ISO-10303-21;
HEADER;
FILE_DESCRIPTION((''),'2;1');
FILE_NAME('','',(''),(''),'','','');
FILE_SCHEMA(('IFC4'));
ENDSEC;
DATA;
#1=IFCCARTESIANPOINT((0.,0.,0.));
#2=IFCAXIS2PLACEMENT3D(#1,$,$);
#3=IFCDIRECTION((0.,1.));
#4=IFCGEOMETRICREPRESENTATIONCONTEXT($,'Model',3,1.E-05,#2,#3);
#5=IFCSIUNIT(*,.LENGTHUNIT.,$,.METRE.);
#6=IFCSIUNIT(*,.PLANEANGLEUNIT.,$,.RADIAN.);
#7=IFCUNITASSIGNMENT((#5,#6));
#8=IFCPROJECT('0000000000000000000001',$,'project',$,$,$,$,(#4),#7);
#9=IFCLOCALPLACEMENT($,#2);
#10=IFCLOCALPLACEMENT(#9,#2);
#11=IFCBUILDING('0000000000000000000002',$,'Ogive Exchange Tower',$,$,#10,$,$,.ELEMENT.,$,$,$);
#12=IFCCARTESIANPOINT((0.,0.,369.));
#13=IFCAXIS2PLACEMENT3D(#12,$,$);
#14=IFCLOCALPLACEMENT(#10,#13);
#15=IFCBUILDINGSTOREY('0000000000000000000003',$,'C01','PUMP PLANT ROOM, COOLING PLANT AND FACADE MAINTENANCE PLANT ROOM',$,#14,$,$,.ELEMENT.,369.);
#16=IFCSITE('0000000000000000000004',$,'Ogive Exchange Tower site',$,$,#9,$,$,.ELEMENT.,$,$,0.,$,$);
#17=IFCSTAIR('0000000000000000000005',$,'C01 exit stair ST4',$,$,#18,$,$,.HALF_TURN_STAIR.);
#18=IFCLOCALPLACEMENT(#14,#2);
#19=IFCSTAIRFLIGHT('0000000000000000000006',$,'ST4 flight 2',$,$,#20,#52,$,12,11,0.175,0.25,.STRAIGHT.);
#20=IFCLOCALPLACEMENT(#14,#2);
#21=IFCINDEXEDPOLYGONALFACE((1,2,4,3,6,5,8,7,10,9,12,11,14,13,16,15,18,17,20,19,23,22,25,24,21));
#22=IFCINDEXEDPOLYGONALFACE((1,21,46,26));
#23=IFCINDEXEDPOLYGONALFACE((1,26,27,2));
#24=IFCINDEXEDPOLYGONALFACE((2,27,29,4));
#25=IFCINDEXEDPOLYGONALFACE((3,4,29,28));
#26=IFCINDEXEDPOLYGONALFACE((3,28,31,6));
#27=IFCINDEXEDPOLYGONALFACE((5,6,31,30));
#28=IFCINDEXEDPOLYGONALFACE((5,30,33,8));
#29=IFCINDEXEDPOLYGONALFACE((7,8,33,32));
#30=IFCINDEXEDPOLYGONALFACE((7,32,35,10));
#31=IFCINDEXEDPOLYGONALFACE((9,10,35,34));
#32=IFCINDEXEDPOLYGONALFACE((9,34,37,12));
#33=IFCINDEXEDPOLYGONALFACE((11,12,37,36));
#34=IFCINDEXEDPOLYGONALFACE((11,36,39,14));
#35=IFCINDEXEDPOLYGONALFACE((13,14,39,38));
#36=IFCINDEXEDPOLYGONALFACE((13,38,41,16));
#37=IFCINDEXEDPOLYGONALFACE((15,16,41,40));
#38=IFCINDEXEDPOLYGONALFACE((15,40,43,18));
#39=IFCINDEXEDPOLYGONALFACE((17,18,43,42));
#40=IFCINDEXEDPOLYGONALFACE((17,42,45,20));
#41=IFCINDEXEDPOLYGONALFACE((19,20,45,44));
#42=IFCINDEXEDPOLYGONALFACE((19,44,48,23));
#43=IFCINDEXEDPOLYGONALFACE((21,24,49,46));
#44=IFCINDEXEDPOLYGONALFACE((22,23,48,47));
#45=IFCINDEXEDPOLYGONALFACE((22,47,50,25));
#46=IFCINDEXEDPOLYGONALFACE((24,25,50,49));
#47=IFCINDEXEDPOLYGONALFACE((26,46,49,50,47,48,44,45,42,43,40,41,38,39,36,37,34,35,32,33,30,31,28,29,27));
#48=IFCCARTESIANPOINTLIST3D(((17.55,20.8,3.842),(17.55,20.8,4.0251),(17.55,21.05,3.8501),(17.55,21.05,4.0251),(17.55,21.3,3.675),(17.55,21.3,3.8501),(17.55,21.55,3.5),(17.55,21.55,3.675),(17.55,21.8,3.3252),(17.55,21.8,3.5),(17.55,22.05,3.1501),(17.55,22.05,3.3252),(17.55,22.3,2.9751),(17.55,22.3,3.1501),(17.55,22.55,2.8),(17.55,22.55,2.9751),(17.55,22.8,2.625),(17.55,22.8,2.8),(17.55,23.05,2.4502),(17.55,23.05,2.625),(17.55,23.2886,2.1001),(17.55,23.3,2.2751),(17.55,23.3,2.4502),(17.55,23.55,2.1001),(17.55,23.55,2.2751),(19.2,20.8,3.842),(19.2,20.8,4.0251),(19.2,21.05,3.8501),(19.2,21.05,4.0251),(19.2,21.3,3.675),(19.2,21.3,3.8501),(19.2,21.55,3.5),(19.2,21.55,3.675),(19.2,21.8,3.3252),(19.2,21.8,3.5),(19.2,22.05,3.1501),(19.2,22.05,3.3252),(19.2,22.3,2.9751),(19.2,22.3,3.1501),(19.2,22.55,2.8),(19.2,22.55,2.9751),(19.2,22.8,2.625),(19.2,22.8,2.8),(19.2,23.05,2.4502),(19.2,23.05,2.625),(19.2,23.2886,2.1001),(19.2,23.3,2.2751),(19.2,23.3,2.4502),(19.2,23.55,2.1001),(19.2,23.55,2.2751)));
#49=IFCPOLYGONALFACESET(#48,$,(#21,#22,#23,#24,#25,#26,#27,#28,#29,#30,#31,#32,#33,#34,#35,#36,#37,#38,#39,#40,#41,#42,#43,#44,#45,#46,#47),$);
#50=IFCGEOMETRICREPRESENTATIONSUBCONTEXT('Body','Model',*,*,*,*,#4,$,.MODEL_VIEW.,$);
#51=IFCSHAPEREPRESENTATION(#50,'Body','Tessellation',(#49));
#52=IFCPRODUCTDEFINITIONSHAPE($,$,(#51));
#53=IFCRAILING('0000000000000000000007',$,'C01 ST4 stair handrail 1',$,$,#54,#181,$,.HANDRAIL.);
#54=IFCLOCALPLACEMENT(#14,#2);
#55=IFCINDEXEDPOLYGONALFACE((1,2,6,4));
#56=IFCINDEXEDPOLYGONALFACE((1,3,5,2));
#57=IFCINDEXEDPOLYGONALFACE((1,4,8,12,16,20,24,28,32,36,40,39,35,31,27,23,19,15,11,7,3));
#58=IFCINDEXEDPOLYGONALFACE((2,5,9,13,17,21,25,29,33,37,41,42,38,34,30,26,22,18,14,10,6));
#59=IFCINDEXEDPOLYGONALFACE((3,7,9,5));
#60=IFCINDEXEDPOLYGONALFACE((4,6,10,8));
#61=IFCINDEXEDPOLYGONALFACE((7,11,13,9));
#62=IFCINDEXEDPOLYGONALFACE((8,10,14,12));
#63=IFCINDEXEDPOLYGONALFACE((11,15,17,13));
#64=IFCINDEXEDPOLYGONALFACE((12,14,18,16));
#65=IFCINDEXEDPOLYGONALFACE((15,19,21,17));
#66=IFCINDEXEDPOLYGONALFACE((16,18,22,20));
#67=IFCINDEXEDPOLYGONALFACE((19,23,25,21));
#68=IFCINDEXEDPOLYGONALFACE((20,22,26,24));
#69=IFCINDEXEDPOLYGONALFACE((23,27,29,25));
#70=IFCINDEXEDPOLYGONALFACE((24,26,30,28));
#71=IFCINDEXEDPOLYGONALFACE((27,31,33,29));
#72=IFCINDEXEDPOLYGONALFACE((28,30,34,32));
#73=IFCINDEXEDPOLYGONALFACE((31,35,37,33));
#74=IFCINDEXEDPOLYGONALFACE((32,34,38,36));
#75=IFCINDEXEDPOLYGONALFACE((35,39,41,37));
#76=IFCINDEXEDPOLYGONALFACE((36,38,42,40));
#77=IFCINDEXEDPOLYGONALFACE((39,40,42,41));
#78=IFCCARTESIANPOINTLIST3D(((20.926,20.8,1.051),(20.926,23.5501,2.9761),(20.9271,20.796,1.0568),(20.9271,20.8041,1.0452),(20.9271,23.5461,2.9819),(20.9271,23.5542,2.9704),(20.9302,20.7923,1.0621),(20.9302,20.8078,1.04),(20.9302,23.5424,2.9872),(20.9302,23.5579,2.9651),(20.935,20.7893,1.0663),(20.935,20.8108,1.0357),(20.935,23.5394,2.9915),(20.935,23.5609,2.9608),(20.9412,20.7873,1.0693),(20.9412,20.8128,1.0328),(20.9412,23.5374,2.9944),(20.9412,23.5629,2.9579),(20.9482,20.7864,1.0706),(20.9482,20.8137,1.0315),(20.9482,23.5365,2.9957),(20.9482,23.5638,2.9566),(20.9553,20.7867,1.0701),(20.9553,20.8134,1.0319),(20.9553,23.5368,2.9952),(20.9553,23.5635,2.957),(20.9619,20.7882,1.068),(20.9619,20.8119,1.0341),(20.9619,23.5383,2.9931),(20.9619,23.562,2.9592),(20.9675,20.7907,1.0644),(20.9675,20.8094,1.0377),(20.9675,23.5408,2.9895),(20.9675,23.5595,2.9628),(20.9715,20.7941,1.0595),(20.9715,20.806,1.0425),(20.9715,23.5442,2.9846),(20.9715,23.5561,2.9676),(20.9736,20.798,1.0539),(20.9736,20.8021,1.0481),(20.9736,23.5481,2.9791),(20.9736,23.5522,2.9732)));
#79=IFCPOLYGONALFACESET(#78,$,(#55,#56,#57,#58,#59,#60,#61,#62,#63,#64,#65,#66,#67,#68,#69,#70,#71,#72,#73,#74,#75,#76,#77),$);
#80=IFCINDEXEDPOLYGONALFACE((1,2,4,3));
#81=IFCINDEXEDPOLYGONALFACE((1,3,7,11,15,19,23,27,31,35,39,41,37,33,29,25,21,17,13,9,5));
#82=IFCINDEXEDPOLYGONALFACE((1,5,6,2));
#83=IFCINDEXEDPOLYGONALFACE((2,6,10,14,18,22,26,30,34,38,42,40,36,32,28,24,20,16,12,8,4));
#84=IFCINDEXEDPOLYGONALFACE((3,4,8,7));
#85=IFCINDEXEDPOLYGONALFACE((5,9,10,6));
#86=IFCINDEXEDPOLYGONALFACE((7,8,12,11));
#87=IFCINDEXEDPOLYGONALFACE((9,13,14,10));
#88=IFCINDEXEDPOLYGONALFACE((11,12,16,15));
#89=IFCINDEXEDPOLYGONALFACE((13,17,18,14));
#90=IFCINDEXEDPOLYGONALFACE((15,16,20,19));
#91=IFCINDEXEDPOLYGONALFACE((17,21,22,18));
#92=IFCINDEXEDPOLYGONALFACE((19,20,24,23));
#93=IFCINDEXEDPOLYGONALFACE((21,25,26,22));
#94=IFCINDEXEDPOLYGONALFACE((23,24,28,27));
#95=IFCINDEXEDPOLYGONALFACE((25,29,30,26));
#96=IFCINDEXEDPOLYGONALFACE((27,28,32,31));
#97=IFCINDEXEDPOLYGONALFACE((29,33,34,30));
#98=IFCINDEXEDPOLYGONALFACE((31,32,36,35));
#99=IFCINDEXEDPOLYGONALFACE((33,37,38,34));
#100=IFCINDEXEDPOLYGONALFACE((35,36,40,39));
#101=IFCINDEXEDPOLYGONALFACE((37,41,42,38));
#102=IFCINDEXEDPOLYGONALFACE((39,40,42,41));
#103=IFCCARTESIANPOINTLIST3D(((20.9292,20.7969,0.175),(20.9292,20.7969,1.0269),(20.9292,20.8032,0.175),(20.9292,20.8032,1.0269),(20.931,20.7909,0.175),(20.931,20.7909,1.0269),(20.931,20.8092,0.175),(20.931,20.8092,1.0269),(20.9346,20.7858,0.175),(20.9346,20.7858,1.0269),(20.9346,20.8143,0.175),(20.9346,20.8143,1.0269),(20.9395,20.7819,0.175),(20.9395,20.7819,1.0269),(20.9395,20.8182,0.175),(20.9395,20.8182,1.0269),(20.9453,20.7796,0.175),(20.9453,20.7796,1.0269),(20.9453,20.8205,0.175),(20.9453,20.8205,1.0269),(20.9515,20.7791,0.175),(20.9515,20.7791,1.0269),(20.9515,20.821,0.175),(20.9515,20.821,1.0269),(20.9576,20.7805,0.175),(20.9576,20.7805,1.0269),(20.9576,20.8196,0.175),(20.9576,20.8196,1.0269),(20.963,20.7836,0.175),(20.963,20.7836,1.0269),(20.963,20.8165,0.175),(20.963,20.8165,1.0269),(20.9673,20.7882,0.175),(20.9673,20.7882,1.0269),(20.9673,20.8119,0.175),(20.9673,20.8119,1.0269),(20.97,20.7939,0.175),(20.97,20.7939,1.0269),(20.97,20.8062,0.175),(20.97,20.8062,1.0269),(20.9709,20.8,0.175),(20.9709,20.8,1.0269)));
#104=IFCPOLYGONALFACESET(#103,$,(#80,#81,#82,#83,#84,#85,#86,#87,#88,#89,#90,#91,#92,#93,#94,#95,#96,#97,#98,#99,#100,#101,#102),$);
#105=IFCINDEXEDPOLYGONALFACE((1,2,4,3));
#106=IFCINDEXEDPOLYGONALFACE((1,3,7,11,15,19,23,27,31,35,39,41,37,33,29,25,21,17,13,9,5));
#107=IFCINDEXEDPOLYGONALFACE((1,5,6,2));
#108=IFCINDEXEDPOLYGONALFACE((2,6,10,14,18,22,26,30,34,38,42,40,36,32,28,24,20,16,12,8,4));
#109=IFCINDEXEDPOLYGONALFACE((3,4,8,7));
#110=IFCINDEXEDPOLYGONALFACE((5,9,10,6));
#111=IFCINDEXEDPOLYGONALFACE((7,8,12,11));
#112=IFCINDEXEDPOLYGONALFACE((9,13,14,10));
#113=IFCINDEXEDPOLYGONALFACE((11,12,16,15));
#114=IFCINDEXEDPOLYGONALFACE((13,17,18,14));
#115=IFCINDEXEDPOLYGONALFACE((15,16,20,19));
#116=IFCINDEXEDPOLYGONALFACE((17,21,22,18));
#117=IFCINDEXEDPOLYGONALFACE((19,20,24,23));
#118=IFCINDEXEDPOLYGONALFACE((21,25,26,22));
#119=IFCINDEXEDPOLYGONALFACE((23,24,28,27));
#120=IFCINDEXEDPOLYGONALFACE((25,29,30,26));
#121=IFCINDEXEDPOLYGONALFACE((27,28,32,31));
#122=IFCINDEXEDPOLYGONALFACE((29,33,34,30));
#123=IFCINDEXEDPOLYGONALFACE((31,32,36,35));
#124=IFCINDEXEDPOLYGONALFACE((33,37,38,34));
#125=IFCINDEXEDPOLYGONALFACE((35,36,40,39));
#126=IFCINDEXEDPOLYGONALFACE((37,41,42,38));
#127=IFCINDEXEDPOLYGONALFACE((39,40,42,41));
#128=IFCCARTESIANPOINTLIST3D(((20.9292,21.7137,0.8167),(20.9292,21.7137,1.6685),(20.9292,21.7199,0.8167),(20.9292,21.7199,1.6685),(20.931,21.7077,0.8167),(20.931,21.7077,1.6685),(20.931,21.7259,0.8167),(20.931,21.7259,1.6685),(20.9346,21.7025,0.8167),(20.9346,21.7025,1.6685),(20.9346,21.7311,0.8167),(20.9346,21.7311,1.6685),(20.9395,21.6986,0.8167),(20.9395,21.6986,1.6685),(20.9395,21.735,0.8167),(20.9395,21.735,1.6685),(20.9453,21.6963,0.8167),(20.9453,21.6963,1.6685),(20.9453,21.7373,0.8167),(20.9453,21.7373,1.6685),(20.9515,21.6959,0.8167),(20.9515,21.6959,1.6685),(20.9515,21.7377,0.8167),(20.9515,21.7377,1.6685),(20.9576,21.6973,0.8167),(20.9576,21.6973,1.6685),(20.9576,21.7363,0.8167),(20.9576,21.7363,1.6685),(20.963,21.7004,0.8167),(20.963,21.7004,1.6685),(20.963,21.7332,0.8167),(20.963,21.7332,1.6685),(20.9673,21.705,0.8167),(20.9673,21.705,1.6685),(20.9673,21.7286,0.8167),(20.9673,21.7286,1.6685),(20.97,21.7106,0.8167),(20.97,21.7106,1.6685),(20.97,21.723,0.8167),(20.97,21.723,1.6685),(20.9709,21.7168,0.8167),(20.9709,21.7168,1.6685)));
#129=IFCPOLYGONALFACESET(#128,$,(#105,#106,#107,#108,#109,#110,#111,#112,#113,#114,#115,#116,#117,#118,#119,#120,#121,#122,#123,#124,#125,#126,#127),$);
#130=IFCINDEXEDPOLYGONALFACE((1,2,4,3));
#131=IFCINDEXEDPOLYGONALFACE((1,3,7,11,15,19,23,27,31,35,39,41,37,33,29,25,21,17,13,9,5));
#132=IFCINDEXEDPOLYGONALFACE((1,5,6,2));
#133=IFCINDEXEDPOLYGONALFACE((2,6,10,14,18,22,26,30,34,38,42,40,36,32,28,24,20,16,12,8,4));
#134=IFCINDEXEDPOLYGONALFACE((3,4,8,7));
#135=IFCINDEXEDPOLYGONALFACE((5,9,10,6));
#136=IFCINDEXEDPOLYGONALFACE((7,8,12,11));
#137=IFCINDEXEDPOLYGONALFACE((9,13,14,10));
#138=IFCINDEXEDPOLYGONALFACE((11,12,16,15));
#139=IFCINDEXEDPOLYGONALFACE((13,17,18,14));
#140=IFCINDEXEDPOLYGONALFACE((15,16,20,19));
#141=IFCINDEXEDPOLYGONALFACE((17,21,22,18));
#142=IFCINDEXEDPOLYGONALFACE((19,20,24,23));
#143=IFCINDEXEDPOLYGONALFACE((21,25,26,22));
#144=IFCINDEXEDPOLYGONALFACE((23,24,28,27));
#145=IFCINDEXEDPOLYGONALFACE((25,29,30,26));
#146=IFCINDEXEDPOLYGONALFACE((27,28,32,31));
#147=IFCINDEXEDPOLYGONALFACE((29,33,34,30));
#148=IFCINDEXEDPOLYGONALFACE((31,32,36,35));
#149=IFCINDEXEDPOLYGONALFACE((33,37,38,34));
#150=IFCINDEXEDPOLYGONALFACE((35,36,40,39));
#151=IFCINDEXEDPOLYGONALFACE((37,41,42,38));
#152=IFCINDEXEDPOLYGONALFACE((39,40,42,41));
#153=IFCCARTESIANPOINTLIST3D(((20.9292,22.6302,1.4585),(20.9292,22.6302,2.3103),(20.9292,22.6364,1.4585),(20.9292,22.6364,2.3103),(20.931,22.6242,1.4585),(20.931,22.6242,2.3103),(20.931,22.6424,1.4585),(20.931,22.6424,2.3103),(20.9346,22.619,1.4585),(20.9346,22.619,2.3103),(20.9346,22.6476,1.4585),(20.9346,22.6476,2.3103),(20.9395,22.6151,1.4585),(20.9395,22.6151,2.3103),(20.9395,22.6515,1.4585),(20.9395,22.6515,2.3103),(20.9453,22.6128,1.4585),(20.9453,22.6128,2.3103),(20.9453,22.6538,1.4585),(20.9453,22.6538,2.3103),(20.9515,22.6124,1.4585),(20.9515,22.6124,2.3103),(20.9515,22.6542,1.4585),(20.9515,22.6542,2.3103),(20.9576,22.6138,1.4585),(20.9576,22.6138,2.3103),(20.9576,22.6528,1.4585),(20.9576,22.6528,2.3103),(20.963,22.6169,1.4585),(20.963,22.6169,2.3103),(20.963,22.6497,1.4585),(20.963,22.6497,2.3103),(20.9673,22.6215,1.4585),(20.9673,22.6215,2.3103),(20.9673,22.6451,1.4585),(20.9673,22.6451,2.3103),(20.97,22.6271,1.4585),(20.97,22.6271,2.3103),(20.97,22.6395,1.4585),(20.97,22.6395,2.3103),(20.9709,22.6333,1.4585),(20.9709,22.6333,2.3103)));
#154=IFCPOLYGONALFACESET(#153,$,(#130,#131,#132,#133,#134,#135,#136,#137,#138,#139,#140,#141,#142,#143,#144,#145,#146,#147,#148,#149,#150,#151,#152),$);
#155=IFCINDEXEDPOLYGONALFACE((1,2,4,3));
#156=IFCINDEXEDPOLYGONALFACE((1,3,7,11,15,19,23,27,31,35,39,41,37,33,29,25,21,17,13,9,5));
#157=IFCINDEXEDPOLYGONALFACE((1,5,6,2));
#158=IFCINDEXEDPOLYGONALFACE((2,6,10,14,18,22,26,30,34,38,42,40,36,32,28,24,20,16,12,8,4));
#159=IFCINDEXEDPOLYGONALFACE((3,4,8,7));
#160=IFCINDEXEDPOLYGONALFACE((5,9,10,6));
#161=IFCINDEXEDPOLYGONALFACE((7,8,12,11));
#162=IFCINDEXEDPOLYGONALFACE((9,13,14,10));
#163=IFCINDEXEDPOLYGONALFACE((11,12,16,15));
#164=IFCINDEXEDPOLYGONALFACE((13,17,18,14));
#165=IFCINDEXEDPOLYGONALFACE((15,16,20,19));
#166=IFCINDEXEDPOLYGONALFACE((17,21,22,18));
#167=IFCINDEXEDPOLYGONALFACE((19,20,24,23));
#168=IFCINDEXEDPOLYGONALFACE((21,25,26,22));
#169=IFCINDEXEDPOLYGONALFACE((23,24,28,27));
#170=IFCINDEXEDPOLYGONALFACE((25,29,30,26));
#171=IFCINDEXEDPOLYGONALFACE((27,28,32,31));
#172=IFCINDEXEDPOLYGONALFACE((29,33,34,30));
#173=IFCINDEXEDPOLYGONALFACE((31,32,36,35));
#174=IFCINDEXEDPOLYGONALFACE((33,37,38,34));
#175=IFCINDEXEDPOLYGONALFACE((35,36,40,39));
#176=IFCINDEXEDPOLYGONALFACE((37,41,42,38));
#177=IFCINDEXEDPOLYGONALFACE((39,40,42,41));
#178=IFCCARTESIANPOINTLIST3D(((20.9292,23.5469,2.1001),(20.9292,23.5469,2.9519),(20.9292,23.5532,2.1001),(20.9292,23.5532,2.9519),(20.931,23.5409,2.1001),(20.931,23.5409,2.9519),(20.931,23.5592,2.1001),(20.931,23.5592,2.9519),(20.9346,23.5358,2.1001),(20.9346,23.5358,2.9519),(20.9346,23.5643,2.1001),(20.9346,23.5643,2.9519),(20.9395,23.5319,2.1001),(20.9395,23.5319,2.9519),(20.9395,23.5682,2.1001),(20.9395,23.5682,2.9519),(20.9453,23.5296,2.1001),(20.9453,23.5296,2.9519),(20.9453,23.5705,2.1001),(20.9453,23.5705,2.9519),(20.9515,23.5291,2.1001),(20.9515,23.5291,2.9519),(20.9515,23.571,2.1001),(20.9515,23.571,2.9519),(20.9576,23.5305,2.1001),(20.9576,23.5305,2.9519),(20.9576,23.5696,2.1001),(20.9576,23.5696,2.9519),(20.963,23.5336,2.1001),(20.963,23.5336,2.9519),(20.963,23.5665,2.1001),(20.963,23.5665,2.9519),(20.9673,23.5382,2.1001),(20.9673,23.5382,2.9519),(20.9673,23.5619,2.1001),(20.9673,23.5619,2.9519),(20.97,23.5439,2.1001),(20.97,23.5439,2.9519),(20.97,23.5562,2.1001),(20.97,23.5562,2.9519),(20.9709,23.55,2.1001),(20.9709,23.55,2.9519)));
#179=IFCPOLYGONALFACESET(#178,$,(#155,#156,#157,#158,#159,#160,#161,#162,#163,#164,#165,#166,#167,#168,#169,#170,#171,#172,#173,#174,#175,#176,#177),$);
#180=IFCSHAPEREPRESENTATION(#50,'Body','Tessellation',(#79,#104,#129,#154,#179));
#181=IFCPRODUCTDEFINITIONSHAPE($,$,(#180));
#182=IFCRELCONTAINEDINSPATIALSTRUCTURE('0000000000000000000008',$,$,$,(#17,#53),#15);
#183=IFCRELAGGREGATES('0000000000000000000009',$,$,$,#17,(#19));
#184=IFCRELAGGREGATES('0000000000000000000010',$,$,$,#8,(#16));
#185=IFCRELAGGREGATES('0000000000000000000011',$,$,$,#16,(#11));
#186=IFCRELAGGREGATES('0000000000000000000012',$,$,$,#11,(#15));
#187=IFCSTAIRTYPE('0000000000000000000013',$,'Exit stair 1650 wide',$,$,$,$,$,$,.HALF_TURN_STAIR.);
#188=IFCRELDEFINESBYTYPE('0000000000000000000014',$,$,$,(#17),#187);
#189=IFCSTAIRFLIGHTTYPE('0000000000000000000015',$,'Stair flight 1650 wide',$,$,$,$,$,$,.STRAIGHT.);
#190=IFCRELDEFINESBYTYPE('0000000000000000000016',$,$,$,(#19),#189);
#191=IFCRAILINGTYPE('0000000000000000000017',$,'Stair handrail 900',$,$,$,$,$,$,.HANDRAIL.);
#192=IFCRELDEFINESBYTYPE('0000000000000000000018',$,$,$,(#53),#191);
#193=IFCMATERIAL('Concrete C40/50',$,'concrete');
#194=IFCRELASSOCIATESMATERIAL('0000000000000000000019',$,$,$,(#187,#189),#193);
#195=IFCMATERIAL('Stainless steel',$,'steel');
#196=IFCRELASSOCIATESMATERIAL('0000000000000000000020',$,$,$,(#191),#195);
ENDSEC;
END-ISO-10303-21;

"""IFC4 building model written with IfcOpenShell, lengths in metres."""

from ifc_helpers import new_model, si_unit, direction, frame, origin, origin_2d, place, context, subcontext, project, spatial, polyline, circle, outline, extrude, material, type_object, element, aggregate, save


model = new_model("IFC4")

# Units and contexts
model_context = context("Model", 3, precision=1e-05, world=origin(), true_north=direction((0.0, 1.0)))
body_context = subcontext(model_context, "Body", "Model", "MODEL_VIEW")
ifc_project = project(units=[si_unit("LENGTHUNIT", "METRE"), si_unit("PLANEANGLEUNIT", "RADIAN")], contexts=[model_context])

# Site, building, storey
site_placement = place(None, origin())
site = spatial("IfcSite", under=ifc_project, at=site_placement, Name="Ogive Exchange Tower site", CompositionType="ELEMENT", RefElevation=0.0)
building_placement = place(site_placement, origin())
building = spatial("IfcBuilding", under=site, at=building_placement, Name="Ogive Exchange Tower", CompositionType="ELEMENT")
storey_placement = place(building_placement, frame((0.0, 0.0, 369.0)))
storey = spatial("IfcBuildingStorey", under=building, at=storey_placement, Name="C01", Description="PUMP PLANT ROOM, COOLING PLANT AND FACADE MAINTENANCE PLANT ROOM", CompositionType="ELEMENT", Elevation=369.0)

# Stair, stair flight
ifc_material_1 = material(Name="Concrete C40/50", Category="concrete")
stair_type = type_object("IfcStairType", Name="Exit stair 1650 wide", PredefinedType="HALF_TURN_STAIR", material=ifc_material_1)
stair_placement = place(storey_placement, origin())
stair = element("IfcStair", 1, at=stair_placement, inside=storey, type_object=stair_type, Name="C01 exit stair ST4", PredefinedType="HALF_TURN_STAIR")
stair_flight_type = type_object("IfcStairFlightType", Name="Stair flight 1650 wide", PredefinedType="STRAIGHT", material=ifc_material_1)
stair_flight_1_placement = place(storey_placement, frame((18.375, 23.55, 2.1001), z_axis=(0.0, 0.0, 1.0), x_axis=(0.0, -1.0, 0.0)))
stair_flight_1 = element("IfcStairFlight", 2, at=stair_flight_1_placement, type_object=stair_flight_type, Name="ST4 flight 2", NumberOfRisers=12, NumberOfTreads=11, PredefinedType="STRAIGHT", RiserHeight=0.175, TreadLength=0.25, context=body_context, shape_type="SweptSolid", body=[
    extrude(outline(polyline([(0.0, 0.0), (0.0, 0.175), (0.25, 0.175), (0.25, 0.3501), (0.5, 0.3501), (0.5, 0.5249), (0.75, 0.5249), (0.75, 0.7), (1.0, 0.7), (1.0, 0.875), (1.25, 0.875), (1.25, 1.05), (1.5, 1.05), (1.5, 1.2251), (1.75, 1.2251), (1.75, 1.3999), (2.0, 1.3999), (2.0, 1.575), (2.25, 1.575), (2.25, 1.75), (2.5, 1.75), (2.5, 1.925), (2.75, 1.925), (2.75, 2.1001), (2.75, 1.7419), (0.2615, 0.0), (0.0, 0.0)])), frame((0.0, 0.825, 0.0), z_axis=(0.0, -1.0, 0.0), x_axis=(1.0, 0.0, 0.0)), (0.0, 0.0, 1.0), 1.6499),
])
aggregate(stair, [stair_flight_1])

# Railing
ifc_material_2 = material(Name="Stainless steel", Category="steel")
railing_type = type_object("IfcRailingType", Name="Stair handrail 900", PredefinedType="HANDRAIL", material=ifc_material_2)
railing_placement = place(storey_placement, frame((20.95, 20.8, 0.175)))
element("IfcRailing", 3, at=railing_placement, inside=storey, type_object=railing_type, Name="C01 ST4 stair handrail 1", PredefinedType="HANDRAIL", context=body_context, shape_type="SweptSolid", body=[
    extrude(circle(Radius=0.0239, at=origin_2d()), frame((0.0, 0.0, 0.876), z_axis=(0.0, 0.819225, 0.573472), x_axis=(-1.0, 0.0, 0.0)), (0.0, 0.0, 1.0), 3.3569),
    extrude(circle(Radius=0.021, at=origin_2d()), origin(), (0.0, 0.0, 1.0), 0.8518),
    extrude(circle(Radius=0.021, at=origin_2d()), frame((0.0, 0.9167, 0.6416)), (0.0, 0.0, 1.0), 0.8518),
    extrude(circle(Radius=0.021, at=origin_2d()), frame((0.0, 1.8333, 1.2834)), (0.0, 0.0, 1.0), 0.8518),
    extrude(circle(Radius=0.021, at=origin_2d()), frame((0.0, 2.75, 1.925)), (0.0, 0.0, 1.0), 0.8518),
])

save(model, "model.ifc")
